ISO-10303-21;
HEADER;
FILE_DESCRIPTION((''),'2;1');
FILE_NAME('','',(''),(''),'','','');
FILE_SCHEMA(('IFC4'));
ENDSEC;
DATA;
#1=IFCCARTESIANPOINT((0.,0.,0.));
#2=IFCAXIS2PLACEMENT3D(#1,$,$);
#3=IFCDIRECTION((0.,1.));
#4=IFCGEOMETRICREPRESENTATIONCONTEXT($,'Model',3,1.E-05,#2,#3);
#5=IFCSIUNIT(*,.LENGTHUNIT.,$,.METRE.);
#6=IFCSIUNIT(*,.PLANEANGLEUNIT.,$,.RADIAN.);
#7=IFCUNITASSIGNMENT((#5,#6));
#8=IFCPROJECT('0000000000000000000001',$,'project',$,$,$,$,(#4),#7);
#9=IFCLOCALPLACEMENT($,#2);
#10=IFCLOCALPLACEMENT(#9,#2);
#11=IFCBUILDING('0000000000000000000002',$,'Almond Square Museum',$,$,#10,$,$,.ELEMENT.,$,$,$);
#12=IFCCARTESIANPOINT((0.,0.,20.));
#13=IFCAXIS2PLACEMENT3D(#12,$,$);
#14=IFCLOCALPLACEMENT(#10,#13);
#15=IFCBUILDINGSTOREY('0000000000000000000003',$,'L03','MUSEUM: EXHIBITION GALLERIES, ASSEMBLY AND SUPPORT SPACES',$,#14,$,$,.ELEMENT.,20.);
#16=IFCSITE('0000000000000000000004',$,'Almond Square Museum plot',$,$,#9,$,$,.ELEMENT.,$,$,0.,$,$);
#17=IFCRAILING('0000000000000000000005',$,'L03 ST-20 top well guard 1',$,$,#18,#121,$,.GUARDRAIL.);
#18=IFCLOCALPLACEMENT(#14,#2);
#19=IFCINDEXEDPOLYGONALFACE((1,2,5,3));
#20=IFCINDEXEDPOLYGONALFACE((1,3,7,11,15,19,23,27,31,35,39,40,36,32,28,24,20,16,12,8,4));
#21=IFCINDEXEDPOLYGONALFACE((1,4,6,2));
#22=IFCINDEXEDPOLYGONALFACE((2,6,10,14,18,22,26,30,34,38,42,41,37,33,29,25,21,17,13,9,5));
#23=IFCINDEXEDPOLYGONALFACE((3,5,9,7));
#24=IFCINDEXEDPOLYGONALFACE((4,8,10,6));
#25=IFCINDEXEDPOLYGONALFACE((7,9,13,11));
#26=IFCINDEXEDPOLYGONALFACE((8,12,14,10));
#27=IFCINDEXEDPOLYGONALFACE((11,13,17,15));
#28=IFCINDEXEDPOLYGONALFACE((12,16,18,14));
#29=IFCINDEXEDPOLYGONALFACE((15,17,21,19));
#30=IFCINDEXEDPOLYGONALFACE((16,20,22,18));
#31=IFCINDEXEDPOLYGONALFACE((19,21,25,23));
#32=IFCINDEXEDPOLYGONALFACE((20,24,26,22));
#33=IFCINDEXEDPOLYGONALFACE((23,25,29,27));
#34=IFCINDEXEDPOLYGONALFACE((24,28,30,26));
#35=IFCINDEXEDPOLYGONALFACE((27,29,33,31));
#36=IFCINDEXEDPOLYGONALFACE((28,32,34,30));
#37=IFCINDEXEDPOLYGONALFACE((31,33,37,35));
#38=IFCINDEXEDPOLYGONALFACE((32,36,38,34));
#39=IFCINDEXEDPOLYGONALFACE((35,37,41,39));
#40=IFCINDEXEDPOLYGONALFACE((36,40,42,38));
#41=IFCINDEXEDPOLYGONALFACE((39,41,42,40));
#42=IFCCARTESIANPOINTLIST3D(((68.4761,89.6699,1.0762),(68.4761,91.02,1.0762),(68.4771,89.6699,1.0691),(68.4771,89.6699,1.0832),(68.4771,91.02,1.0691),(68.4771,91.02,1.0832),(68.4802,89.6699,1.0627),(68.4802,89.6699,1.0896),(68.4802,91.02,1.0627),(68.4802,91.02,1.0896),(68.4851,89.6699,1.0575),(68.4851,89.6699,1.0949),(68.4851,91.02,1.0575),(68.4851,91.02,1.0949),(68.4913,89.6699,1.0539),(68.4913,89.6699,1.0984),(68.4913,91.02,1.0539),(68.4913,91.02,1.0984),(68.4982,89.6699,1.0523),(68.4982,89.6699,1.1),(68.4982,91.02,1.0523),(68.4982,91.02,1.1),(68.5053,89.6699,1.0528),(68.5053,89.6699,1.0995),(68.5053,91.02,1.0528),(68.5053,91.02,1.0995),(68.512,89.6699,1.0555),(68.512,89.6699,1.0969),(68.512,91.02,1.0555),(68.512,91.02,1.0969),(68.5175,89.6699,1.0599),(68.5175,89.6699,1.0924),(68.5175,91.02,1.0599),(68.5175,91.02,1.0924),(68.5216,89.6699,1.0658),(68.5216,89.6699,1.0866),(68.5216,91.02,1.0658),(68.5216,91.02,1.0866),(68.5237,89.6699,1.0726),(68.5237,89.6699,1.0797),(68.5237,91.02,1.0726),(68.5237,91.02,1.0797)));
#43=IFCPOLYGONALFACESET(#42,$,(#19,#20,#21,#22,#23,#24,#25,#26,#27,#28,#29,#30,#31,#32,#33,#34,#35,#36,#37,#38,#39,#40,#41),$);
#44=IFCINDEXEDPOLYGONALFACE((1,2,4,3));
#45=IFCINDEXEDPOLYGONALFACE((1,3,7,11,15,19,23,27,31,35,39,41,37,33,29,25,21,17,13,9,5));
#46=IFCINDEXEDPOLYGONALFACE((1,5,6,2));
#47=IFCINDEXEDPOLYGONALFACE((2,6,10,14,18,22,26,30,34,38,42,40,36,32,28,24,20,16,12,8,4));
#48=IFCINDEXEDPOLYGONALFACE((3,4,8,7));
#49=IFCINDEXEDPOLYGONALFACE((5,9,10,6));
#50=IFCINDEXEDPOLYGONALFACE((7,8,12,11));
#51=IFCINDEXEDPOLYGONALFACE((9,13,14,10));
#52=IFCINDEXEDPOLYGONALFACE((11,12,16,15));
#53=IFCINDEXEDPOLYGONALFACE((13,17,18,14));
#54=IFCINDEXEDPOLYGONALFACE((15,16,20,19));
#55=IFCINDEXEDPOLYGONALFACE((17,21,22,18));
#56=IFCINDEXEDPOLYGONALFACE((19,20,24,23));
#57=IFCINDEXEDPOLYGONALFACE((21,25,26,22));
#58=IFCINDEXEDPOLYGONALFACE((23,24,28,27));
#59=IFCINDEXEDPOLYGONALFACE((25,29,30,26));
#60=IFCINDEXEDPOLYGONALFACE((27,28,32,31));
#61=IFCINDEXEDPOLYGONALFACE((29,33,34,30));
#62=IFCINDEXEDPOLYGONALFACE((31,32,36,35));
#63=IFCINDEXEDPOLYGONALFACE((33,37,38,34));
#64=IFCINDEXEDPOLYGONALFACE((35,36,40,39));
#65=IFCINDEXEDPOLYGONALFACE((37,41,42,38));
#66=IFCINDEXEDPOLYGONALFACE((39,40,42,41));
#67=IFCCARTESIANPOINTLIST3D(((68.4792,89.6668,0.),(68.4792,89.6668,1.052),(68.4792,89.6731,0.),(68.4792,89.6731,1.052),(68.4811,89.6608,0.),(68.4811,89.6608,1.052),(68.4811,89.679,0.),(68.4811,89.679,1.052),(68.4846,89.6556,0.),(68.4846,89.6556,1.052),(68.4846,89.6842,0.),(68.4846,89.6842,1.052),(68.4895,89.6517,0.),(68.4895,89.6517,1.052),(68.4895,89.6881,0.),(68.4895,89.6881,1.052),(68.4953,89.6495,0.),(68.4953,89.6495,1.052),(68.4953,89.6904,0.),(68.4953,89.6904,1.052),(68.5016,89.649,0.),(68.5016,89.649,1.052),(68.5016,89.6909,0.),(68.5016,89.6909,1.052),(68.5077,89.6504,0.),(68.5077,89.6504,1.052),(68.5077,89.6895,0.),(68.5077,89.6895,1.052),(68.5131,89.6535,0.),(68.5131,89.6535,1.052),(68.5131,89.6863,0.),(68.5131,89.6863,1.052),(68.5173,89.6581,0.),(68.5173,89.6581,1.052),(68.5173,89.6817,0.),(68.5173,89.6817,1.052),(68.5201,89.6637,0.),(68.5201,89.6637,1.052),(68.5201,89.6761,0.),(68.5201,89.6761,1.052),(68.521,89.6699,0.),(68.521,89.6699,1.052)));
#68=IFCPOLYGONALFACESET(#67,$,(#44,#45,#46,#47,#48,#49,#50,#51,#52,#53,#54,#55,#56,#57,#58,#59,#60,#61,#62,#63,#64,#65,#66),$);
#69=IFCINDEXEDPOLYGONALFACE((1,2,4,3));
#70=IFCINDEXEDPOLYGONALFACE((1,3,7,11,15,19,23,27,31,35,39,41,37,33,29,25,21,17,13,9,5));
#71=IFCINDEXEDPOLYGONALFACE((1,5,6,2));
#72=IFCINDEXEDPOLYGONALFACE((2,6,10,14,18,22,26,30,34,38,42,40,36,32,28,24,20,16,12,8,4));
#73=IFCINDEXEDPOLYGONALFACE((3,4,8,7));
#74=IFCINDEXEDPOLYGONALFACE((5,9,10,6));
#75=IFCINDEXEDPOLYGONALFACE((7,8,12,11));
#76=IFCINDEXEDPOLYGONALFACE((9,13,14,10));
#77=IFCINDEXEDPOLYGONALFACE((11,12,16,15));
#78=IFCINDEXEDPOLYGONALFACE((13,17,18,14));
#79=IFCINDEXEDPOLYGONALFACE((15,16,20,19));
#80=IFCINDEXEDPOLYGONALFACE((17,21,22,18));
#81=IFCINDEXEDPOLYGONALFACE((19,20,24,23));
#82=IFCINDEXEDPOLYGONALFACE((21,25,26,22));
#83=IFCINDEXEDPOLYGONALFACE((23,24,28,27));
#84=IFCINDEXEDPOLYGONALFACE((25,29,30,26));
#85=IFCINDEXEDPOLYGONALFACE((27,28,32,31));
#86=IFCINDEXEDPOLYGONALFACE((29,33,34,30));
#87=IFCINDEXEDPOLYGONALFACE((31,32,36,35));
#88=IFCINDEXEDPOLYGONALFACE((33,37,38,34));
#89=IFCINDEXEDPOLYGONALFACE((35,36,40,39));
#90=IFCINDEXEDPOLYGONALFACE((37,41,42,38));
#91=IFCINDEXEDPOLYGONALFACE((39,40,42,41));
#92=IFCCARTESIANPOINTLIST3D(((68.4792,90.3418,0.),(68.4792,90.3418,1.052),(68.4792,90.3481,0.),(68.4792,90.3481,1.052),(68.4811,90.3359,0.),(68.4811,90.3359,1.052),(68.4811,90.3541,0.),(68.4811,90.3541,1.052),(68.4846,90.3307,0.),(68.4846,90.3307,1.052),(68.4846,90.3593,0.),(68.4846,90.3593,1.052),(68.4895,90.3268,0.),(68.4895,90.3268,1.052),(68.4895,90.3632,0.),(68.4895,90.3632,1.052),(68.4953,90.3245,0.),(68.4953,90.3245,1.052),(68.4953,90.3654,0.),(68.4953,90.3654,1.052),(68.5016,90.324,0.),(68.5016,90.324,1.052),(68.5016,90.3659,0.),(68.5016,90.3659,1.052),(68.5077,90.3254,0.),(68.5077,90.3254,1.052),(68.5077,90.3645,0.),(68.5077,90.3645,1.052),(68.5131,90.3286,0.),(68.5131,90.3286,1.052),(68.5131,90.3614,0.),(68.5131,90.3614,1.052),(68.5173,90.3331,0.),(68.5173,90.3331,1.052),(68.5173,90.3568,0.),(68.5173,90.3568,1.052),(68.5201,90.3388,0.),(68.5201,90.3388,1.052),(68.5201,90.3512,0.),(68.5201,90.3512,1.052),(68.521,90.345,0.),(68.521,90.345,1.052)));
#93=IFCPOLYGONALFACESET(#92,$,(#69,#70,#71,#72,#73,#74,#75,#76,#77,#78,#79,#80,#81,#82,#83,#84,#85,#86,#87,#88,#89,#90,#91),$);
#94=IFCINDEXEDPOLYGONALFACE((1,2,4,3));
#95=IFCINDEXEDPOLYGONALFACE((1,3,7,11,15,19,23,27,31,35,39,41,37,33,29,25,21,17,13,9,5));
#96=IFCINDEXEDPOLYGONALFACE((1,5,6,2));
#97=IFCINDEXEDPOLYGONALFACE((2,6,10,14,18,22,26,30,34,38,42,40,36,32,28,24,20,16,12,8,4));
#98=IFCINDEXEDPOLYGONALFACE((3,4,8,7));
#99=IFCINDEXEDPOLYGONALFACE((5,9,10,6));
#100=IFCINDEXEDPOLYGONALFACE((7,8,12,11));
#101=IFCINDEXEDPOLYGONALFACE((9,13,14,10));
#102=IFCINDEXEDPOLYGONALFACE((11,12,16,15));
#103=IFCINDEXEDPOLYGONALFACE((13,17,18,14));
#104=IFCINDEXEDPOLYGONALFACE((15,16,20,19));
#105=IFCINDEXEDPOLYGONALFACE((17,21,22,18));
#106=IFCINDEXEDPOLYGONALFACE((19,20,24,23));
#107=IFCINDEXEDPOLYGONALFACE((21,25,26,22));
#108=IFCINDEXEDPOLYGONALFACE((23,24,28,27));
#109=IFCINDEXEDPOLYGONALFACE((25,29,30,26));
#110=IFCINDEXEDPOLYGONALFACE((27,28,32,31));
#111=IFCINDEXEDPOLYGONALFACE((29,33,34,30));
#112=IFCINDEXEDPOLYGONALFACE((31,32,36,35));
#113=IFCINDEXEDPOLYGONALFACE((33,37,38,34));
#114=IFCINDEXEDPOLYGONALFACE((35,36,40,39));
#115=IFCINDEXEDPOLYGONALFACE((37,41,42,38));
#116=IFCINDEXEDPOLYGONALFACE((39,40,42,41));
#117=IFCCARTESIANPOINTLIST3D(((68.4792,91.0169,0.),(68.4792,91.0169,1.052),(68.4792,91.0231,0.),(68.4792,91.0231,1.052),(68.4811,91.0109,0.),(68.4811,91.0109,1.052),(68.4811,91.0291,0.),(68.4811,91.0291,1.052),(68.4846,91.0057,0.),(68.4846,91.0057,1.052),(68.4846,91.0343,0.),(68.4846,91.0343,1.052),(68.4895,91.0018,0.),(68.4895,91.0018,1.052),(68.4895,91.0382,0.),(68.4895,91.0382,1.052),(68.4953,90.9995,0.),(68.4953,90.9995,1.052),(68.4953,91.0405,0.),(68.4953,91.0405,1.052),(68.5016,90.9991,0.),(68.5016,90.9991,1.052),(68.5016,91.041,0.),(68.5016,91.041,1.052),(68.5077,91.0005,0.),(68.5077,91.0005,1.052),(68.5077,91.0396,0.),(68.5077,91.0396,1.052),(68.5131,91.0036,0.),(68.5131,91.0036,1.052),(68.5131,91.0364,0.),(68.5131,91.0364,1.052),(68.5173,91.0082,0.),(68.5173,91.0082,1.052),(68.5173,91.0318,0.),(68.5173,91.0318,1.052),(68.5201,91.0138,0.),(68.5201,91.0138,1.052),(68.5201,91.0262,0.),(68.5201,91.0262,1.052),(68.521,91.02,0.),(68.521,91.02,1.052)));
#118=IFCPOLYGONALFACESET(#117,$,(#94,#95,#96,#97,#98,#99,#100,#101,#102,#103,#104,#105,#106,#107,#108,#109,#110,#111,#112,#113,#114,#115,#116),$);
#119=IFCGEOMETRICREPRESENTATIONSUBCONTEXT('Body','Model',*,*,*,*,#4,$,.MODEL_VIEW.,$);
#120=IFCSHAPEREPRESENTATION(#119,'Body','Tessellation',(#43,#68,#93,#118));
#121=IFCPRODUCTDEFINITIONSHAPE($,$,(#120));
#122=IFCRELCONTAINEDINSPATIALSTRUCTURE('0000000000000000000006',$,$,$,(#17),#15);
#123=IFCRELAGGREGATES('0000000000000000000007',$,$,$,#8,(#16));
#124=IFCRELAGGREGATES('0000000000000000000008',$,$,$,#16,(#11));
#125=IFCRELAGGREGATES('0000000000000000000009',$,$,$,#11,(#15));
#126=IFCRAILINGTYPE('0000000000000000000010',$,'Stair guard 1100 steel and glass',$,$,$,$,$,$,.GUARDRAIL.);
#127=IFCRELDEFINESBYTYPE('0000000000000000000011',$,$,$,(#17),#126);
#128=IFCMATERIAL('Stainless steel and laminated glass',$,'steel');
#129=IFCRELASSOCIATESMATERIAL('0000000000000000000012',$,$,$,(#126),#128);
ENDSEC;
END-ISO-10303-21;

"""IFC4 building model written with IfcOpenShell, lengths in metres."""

from ifc_helpers import new_model, si_unit, direction, frame, origin, origin_2d, place, context, subcontext, project, spatial, circle, extrude, material, type_object, element, save


model = new_model("IFC4")

# Units and contexts
model_context = context("Model", 3, precision=1e-05, world=origin(), true_north=direction((0.0, 1.0)))
body_context = subcontext(model_context, "Body", "Model", "MODEL_VIEW")
ifc_project = project(units=[si_unit("LENGTHUNIT", "METRE"), si_unit("PLANEANGLEUNIT", "RADIAN")], contexts=[model_context])

# Site, building, storey
site_placement = place(None, origin())
site = spatial("IfcSite", under=ifc_project, at=site_placement, Name="Almond Square Museum plot", CompositionType="ELEMENT", RefElevation=0.0)
building_placement = place(site_placement, origin())
building = spatial("IfcBuilding", under=site, at=building_placement, Name="Almond Square Museum", CompositionType="ELEMENT")
storey_placement = place(building_placement, frame((0.0, 0.0, 20.0)))
storey = spatial("IfcBuildingStorey", under=building, at=storey_placement, Name="L03", Description="MUSEUM: EXHIBITION GALLERIES, ASSEMBLY AND SUPPORT SPACES", CompositionType="ELEMENT", Elevation=20.0)

# Railing
ifc_material_1 = material(Name="Stainless steel and laminated glass", Category="steel")
railing_type_1 = type_object("IfcRailingType", Name="Stair guard 1100 steel and glass", PredefinedType="GUARDRAIL", material=ifc_material_1)
railing_placement = place(storey_placement, frame((68.5, 89.6699, 0.0)))
element("IfcRailing", 1, at=railing_placement, inside=storey, type_object=railing_type_1, Name="L03 ST-20 top well guard 1", PredefinedType="GUARDRAIL", context=body_context, shape_type="SweptSolid", body=[
    extrude(circle(Radius=0.0239, at=origin_2d()), frame((0.0, 0.0, 1.0762), z_axis=(0.0, 1.0, 0.0), x_axis=(-1.0, 0.0, 0.0)), (0.0, 0.0, 1.0), 1.3501),
    extrude(circle(Radius=0.021, at=origin_2d()), origin(), (0.0, 0.0, 1.0), 1.052),
    extrude(circle(Radius=0.021, at=origin_2d()), frame((0.0, 0.675, 0.0)), (0.0, 0.0, 1.0), 1.052),
    extrude(circle(Radius=0.021, at=origin_2d()), frame((0.0, 1.3501, 0.0)), (0.0, 0.0, 1.0), 1.052),
])

save(model, "model.ifc")
